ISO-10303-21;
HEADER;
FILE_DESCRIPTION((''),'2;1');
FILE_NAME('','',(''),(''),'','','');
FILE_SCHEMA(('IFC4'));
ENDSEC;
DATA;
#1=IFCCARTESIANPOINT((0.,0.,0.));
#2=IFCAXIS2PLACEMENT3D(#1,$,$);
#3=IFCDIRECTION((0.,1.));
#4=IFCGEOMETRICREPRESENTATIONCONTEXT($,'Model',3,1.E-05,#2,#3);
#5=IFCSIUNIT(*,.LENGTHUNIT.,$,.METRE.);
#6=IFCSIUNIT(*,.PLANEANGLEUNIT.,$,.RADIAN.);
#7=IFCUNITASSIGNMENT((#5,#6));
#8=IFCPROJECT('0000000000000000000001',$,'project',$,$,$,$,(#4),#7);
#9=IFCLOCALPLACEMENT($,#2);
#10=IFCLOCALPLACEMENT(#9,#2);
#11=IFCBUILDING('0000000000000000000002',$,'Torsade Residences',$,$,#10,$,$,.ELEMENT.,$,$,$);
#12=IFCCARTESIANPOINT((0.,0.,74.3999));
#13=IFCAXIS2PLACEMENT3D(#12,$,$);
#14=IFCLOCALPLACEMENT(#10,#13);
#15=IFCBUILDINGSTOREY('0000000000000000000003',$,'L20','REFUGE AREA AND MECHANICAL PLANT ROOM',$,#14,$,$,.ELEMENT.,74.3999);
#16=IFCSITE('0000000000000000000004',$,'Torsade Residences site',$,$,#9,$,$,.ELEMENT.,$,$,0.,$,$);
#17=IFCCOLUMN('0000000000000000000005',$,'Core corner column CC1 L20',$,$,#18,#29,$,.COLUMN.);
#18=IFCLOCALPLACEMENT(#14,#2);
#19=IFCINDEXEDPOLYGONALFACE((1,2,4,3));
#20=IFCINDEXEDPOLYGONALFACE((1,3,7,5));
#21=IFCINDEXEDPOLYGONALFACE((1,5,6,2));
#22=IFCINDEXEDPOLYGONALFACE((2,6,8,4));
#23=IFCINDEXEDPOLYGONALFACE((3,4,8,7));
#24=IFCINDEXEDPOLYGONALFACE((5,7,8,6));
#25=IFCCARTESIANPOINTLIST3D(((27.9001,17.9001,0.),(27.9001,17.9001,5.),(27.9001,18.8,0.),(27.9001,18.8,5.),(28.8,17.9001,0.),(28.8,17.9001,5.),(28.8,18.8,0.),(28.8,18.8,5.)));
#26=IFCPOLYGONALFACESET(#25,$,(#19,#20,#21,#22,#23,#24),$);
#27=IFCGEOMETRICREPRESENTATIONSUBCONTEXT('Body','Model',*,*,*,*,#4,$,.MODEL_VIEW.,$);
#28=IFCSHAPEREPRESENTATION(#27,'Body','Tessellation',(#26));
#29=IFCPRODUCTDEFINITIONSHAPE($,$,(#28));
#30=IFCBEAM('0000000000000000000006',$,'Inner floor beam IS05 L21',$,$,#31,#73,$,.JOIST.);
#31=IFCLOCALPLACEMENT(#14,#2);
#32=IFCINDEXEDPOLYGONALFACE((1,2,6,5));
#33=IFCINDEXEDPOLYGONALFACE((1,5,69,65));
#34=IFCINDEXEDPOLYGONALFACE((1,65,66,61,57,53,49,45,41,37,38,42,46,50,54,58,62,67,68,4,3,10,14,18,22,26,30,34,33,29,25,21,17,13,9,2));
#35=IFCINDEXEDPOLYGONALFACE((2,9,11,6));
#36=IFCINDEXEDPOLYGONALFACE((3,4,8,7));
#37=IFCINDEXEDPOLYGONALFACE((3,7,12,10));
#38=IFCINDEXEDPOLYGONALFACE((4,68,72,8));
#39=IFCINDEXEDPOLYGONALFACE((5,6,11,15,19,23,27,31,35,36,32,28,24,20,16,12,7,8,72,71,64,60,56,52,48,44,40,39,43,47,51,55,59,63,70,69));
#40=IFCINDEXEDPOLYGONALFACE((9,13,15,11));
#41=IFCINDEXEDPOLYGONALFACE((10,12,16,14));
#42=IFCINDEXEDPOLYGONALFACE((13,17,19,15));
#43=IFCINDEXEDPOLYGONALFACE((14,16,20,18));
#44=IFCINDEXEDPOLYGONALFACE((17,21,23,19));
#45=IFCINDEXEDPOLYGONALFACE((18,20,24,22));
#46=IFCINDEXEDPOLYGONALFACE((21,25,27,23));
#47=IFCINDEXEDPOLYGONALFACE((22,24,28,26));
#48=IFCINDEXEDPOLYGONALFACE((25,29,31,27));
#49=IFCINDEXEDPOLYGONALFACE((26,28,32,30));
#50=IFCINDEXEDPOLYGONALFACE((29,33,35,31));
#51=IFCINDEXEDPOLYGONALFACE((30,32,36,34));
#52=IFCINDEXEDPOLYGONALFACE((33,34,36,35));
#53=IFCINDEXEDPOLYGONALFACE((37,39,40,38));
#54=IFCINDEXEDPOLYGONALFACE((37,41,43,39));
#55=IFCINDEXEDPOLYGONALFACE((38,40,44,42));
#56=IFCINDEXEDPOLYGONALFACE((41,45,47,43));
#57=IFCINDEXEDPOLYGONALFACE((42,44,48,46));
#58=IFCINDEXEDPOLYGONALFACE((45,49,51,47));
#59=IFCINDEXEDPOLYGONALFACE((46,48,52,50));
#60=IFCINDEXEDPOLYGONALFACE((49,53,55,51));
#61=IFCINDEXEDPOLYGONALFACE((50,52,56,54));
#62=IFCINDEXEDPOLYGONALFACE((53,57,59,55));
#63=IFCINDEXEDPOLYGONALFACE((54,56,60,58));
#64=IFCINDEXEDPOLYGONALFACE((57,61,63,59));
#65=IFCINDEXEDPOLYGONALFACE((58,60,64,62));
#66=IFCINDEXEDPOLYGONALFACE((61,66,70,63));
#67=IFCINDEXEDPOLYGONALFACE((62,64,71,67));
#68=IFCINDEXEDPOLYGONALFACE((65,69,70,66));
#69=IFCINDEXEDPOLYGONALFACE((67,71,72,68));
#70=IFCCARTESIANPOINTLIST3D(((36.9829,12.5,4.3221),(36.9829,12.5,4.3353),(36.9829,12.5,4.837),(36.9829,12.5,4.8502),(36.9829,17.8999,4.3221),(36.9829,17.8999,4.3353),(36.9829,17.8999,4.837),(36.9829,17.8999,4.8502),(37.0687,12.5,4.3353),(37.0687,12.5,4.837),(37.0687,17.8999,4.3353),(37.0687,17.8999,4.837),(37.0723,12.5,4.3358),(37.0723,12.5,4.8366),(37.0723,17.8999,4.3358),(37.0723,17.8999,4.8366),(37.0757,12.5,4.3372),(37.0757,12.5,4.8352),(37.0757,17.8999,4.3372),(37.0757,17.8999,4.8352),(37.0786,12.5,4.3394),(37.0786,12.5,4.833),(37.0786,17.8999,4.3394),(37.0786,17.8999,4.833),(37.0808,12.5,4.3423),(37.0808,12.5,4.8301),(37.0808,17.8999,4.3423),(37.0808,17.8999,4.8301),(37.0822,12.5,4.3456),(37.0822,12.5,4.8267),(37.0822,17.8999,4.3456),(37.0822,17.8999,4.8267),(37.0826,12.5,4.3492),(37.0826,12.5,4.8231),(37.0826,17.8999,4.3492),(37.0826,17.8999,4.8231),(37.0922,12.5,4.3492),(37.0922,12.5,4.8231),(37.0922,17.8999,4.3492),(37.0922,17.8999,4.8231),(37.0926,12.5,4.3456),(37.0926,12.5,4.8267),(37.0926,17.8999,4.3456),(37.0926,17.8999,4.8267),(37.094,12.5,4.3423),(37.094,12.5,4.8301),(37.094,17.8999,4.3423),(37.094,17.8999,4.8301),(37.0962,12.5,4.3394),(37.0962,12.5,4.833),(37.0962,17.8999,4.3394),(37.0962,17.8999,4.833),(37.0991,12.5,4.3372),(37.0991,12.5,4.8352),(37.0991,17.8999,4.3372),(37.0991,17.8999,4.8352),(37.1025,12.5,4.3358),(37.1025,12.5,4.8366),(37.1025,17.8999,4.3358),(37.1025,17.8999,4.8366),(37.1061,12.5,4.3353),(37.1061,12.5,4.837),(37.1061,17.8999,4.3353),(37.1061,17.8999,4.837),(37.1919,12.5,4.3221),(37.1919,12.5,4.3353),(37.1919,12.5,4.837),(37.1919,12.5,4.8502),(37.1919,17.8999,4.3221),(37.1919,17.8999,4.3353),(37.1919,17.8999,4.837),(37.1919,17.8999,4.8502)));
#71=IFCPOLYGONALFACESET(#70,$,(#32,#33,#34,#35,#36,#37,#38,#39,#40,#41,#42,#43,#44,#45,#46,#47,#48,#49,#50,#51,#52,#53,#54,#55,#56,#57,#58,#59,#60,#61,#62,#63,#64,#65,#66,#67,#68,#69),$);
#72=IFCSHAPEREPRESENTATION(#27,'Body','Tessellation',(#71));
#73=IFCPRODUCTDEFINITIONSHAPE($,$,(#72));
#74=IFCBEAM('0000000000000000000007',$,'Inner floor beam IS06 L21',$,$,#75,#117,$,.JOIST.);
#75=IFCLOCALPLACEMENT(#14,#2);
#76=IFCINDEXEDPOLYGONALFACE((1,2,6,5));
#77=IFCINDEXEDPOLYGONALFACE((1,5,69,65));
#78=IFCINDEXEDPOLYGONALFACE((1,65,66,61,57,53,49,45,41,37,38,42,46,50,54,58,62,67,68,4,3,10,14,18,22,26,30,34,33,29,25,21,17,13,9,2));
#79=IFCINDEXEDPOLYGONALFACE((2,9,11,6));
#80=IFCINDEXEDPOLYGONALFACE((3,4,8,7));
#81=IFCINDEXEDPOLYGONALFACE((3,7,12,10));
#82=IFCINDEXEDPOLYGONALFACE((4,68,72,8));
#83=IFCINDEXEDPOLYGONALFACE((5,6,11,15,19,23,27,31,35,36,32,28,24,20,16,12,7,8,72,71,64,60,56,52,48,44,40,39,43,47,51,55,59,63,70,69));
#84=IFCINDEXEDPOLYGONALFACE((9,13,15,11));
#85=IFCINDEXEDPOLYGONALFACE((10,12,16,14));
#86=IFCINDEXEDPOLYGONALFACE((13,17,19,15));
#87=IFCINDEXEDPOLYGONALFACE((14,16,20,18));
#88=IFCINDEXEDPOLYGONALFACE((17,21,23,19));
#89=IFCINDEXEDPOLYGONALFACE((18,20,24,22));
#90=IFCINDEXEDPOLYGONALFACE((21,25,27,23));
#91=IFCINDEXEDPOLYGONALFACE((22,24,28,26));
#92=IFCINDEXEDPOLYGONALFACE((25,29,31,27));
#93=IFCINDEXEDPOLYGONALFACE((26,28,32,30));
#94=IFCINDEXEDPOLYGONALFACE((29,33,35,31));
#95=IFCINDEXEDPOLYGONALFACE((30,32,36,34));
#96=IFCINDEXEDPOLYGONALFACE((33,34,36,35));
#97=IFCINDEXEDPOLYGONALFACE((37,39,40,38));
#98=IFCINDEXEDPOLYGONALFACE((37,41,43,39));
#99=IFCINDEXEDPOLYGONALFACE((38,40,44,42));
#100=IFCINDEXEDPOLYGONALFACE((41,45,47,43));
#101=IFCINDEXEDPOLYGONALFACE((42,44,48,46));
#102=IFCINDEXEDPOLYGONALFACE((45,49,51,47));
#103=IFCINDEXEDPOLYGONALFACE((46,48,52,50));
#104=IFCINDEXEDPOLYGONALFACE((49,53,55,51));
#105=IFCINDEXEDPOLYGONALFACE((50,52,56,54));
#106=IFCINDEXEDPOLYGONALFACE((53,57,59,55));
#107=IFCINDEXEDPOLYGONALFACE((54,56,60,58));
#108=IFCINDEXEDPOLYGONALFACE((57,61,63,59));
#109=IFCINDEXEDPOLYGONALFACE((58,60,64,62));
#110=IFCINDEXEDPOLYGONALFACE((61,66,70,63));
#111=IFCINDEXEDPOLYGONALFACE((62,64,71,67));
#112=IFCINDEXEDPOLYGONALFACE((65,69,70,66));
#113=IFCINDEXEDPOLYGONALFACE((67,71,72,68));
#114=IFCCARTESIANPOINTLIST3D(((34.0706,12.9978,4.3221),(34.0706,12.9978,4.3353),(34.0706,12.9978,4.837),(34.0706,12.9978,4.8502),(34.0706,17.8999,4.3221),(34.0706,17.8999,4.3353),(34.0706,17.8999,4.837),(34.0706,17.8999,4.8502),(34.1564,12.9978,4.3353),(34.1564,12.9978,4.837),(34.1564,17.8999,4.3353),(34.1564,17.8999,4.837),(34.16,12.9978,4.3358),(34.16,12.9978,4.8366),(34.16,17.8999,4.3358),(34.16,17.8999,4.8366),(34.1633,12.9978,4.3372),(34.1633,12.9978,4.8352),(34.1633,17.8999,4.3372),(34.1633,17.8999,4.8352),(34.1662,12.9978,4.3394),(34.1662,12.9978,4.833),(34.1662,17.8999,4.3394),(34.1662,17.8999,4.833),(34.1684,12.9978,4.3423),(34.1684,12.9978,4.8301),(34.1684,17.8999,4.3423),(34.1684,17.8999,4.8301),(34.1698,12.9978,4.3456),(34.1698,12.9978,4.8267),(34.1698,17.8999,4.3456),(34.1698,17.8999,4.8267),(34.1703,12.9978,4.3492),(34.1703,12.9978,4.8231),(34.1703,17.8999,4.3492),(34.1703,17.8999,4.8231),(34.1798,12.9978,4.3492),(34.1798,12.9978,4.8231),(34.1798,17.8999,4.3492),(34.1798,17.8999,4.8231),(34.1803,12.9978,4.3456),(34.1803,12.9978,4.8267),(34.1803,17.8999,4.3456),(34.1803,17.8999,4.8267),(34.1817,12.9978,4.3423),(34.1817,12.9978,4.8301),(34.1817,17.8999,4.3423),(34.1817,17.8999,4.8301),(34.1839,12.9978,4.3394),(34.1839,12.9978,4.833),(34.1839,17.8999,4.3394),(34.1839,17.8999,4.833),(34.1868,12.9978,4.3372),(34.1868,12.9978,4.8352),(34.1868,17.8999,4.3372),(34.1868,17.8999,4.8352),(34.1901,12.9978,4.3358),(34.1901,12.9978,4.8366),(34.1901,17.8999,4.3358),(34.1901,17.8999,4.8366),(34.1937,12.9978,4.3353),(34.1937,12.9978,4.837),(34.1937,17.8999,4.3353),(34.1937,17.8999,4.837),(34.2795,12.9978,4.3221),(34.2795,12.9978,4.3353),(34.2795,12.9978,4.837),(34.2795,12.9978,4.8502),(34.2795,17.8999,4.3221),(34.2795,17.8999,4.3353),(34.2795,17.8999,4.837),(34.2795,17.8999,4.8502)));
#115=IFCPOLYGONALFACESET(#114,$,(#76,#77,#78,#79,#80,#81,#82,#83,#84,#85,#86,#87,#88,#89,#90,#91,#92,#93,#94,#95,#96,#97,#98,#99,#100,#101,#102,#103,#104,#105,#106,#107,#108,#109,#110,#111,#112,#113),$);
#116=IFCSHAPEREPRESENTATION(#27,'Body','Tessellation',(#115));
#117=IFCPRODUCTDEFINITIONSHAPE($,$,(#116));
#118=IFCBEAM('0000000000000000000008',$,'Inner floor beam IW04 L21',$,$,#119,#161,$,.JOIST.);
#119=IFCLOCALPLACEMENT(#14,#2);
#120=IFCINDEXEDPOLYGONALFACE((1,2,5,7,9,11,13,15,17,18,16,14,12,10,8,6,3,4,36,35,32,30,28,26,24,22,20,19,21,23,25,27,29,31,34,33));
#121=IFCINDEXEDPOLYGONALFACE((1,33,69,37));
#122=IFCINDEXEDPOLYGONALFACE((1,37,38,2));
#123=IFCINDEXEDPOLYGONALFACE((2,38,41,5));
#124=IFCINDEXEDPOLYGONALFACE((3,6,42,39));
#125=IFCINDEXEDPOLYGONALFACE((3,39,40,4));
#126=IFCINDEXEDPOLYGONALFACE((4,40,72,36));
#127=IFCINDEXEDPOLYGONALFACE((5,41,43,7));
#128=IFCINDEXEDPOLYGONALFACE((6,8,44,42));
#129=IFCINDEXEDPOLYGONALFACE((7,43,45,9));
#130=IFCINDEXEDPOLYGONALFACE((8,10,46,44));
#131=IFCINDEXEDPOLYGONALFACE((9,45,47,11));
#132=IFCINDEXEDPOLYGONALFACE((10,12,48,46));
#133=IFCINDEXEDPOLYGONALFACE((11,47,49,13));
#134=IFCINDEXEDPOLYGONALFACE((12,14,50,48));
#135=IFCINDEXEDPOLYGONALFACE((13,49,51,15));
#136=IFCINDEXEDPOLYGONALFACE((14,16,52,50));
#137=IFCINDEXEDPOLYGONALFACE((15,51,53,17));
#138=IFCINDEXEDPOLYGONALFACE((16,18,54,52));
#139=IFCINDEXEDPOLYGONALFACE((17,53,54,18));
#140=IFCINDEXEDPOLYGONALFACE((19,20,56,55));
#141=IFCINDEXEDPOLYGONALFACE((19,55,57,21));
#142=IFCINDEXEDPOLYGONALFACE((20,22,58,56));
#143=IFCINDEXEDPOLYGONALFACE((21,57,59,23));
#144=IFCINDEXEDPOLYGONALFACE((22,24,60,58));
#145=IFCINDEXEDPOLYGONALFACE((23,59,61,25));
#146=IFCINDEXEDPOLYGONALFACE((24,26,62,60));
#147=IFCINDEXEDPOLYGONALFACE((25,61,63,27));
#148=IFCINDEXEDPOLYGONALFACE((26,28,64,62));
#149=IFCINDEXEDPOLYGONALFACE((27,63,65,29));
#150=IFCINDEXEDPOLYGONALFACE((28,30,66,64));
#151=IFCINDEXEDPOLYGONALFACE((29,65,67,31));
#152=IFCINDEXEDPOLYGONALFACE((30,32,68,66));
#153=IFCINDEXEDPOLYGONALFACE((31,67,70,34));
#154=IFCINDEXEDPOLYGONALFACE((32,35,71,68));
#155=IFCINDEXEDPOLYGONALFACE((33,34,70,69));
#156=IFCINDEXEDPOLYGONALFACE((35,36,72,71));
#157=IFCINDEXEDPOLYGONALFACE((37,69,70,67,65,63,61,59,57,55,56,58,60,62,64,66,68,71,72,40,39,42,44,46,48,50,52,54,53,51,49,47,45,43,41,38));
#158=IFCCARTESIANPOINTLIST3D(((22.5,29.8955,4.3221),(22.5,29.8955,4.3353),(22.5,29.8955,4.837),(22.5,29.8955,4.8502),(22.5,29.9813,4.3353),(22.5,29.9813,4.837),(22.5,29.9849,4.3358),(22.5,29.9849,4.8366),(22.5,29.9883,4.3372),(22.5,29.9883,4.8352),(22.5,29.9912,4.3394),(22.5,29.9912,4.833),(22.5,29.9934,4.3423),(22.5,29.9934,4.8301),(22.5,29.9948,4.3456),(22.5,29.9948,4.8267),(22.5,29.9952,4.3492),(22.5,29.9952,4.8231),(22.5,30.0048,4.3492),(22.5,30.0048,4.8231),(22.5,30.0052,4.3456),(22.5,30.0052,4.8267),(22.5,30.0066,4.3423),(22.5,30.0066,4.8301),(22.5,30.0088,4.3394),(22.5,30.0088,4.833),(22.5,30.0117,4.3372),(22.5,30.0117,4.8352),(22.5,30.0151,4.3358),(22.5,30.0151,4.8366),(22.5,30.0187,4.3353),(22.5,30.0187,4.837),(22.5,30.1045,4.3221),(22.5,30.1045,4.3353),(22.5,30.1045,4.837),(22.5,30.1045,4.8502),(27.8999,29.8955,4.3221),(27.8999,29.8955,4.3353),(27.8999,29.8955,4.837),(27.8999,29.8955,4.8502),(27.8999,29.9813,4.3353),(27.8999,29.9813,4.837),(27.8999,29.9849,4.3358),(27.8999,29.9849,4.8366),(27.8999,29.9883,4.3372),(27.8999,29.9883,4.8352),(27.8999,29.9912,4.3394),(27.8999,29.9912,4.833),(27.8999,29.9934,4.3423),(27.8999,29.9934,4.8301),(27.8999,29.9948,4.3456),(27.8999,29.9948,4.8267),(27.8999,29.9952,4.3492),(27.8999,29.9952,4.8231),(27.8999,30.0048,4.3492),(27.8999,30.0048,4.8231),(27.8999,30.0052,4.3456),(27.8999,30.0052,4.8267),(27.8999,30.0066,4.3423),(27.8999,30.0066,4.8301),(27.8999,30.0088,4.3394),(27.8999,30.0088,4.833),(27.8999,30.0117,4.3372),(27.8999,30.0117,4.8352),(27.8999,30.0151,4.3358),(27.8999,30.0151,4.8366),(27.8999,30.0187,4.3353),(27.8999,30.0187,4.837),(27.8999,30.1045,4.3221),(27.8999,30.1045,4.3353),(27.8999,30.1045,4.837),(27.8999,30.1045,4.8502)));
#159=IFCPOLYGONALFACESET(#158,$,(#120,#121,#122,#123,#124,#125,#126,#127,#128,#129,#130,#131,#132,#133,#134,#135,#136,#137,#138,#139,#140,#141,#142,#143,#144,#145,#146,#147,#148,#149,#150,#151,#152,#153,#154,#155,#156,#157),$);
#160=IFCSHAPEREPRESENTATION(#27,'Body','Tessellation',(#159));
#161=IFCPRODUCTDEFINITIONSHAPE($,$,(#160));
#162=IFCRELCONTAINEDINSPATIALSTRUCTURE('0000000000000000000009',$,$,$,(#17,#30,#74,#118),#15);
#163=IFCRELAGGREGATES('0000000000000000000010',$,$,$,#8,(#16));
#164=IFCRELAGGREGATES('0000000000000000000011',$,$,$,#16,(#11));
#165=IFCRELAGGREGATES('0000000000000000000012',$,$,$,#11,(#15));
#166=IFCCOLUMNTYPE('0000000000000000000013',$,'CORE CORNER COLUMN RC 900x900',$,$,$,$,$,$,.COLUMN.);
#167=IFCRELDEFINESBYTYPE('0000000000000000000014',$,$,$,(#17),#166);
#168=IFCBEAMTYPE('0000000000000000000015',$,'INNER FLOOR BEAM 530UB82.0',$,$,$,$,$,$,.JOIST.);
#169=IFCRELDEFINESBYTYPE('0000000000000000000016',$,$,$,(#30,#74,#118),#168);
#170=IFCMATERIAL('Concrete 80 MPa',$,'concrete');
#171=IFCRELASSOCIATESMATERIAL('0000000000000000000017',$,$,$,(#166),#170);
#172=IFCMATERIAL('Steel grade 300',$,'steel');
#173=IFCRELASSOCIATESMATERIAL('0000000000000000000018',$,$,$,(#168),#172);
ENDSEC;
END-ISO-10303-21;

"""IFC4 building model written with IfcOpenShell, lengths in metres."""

from ifc_helpers import new_model, si_unit, direction, frame, origin, origin_2d, place, context, subcontext, project, spatial, rectangle, i_section, extrude, material, material_profile, profile_set, type_object, element, save


model = new_model("IFC4")

# Units and contexts
model_context = context("Model", 3, precision=1e-05, world=origin(), true_north=direction((0.0, 1.0)))
body_context = subcontext(model_context, "Body", "Model", "MODEL_VIEW")
ifc_project = project(units=[si_unit("LENGTHUNIT", "METRE"), si_unit("PLANEANGLEUNIT", "RADIAN")], contexts=[model_context])

# Site, building, storey
site_placement = place(None, origin())
site = spatial("IfcSite", under=ifc_project, at=site_placement, Name="Torsade Residences site", CompositionType="ELEMENT", RefElevation=0.0)
building_placement = place(site_placement, origin())
building = spatial("IfcBuilding", under=site, at=building_placement, Name="Torsade Residences", CompositionType="ELEMENT")
storey_placement = place(building_placement, frame((0.0, 0.0, 74.3999)))
storey = spatial("IfcBuildingStorey", under=building, at=storey_placement, Name="L20", Description="REFUGE AREA AND MECHANICAL PLANT ROOM", CompositionType="ELEMENT", Elevation=74.3999)

# Column
ifc_material_1 = material(Name="Concrete 80 MPa", Category="concrete")
ifc_material_profile_1 = material_profile(ifc_material_1, rectangle(XDim=0.8999, YDim=0.8999, at=origin_2d()), Name="RC 900x900")
ifc_profile_set_1 = profile_set([ifc_material_profile_1], Name="Concrete 80 MPa")
column_type = type_object("IfcColumnType", Name="CORE CORNER COLUMN RC 900x900", PredefinedType="COLUMN", material=ifc_profile_set_1)
column_placement = place(storey_placement, frame((28.3501, 18.3501, 0.0), z_axis=(0.0, 0.0, 1.0), x_axis=(1.0, 0.0, 0.0)))
element("IfcColumn", 1, at=column_placement, inside=storey, type_object=column_type, Name="Core corner column CC1 L20", PredefinedType="COLUMN", context=body_context, shape_type="SweptSolid", body=[
    extrude(rectangle(XDim=0.8999, YDim=0.8999, at=origin_2d()), origin(), (0.0, 0.0, 1.0), 5.0),
])

# Beams
ifc_material_2 = material(Name="Steel grade 300", Category="steel")
ifc_material_profile_2 = material_profile(ifc_material_2, i_section(OverallWidth=0.209, OverallDepth=0.5281, WebThickness=0.0095, FlangeThickness=0.0132, FilletRadius=0.0139, at=origin_2d()), Name="530UB82.0")
ifc_profile_set_2 = profile_set([ifc_material_profile_2], Name="Steel grade 300")
beam_type = type_object("IfcBeamType", Name="INNER FLOOR BEAM 530UB82.0", PredefinedType="JOIST", material=ifc_profile_set_2)
beam_1_placement = place(storey_placement, frame((37.0874, 17.8999, 4.5862), z_axis=(0.0, -1.0, 0.0), x_axis=(1.0, 0.0, 0.0)))
element("IfcBeam", 2, at=beam_1_placement, inside=storey, type_object=beam_type, Name="Inner floor beam IS05 L21", PredefinedType="JOIST", context=body_context, shape_type="SweptSolid", body=[
    extrude(i_section(OverallWidth=0.209, OverallDepth=0.5281, WebThickness=0.0095, FlangeThickness=0.0132, FilletRadius=0.0139, at=origin_2d()), origin(), (0.0, 0.0, 1.0), 5.3999),
])
beam_2_placement = place(storey_placement, frame((34.175, 17.8999, 4.5862), z_axis=(0.0, -1.0, 0.0), x_axis=(1.0, 0.0, 0.0)))
element("IfcBeam", 3, at=beam_2_placement, inside=storey, type_object=beam_type, Name="Inner floor beam IS06 L21", PredefinedType="JOIST", context=body_context, shape_type="SweptSolid", body=[
    extrude(i_section(OverallWidth=0.209, OverallDepth=0.5281, WebThickness=0.0095, FlangeThickness=0.0132, FilletRadius=0.0139, at=origin_2d()), origin(), (0.0, 0.0, 1.0), 4.9021),
])
for number, where, z_axis, x_axis, name in (
    (4, (27.8999, 30.0, 4.5862), (-1.0, 0.0, 0.0), (0.0, -1.0, 0.0), "Inner floor beam IW04 L21"),
):
    element("IfcBeam", number, at=place(storey_placement, frame(where, z_axis=z_axis, x_axis=x_axis)), inside=storey, type_object=beam_type, Name=name, PredefinedType="JOIST", context=body_context, shape_type="SweptSolid", body=[
        extrude(i_section(OverallWidth=0.209, OverallDepth=0.5281, WebThickness=0.0095, FlangeThickness=0.0132, FilletRadius=0.0139, at=origin_2d()), origin(), (0.0, 0.0, 1.0), 5.3999),
    ])

save(model, "model.ifc")
